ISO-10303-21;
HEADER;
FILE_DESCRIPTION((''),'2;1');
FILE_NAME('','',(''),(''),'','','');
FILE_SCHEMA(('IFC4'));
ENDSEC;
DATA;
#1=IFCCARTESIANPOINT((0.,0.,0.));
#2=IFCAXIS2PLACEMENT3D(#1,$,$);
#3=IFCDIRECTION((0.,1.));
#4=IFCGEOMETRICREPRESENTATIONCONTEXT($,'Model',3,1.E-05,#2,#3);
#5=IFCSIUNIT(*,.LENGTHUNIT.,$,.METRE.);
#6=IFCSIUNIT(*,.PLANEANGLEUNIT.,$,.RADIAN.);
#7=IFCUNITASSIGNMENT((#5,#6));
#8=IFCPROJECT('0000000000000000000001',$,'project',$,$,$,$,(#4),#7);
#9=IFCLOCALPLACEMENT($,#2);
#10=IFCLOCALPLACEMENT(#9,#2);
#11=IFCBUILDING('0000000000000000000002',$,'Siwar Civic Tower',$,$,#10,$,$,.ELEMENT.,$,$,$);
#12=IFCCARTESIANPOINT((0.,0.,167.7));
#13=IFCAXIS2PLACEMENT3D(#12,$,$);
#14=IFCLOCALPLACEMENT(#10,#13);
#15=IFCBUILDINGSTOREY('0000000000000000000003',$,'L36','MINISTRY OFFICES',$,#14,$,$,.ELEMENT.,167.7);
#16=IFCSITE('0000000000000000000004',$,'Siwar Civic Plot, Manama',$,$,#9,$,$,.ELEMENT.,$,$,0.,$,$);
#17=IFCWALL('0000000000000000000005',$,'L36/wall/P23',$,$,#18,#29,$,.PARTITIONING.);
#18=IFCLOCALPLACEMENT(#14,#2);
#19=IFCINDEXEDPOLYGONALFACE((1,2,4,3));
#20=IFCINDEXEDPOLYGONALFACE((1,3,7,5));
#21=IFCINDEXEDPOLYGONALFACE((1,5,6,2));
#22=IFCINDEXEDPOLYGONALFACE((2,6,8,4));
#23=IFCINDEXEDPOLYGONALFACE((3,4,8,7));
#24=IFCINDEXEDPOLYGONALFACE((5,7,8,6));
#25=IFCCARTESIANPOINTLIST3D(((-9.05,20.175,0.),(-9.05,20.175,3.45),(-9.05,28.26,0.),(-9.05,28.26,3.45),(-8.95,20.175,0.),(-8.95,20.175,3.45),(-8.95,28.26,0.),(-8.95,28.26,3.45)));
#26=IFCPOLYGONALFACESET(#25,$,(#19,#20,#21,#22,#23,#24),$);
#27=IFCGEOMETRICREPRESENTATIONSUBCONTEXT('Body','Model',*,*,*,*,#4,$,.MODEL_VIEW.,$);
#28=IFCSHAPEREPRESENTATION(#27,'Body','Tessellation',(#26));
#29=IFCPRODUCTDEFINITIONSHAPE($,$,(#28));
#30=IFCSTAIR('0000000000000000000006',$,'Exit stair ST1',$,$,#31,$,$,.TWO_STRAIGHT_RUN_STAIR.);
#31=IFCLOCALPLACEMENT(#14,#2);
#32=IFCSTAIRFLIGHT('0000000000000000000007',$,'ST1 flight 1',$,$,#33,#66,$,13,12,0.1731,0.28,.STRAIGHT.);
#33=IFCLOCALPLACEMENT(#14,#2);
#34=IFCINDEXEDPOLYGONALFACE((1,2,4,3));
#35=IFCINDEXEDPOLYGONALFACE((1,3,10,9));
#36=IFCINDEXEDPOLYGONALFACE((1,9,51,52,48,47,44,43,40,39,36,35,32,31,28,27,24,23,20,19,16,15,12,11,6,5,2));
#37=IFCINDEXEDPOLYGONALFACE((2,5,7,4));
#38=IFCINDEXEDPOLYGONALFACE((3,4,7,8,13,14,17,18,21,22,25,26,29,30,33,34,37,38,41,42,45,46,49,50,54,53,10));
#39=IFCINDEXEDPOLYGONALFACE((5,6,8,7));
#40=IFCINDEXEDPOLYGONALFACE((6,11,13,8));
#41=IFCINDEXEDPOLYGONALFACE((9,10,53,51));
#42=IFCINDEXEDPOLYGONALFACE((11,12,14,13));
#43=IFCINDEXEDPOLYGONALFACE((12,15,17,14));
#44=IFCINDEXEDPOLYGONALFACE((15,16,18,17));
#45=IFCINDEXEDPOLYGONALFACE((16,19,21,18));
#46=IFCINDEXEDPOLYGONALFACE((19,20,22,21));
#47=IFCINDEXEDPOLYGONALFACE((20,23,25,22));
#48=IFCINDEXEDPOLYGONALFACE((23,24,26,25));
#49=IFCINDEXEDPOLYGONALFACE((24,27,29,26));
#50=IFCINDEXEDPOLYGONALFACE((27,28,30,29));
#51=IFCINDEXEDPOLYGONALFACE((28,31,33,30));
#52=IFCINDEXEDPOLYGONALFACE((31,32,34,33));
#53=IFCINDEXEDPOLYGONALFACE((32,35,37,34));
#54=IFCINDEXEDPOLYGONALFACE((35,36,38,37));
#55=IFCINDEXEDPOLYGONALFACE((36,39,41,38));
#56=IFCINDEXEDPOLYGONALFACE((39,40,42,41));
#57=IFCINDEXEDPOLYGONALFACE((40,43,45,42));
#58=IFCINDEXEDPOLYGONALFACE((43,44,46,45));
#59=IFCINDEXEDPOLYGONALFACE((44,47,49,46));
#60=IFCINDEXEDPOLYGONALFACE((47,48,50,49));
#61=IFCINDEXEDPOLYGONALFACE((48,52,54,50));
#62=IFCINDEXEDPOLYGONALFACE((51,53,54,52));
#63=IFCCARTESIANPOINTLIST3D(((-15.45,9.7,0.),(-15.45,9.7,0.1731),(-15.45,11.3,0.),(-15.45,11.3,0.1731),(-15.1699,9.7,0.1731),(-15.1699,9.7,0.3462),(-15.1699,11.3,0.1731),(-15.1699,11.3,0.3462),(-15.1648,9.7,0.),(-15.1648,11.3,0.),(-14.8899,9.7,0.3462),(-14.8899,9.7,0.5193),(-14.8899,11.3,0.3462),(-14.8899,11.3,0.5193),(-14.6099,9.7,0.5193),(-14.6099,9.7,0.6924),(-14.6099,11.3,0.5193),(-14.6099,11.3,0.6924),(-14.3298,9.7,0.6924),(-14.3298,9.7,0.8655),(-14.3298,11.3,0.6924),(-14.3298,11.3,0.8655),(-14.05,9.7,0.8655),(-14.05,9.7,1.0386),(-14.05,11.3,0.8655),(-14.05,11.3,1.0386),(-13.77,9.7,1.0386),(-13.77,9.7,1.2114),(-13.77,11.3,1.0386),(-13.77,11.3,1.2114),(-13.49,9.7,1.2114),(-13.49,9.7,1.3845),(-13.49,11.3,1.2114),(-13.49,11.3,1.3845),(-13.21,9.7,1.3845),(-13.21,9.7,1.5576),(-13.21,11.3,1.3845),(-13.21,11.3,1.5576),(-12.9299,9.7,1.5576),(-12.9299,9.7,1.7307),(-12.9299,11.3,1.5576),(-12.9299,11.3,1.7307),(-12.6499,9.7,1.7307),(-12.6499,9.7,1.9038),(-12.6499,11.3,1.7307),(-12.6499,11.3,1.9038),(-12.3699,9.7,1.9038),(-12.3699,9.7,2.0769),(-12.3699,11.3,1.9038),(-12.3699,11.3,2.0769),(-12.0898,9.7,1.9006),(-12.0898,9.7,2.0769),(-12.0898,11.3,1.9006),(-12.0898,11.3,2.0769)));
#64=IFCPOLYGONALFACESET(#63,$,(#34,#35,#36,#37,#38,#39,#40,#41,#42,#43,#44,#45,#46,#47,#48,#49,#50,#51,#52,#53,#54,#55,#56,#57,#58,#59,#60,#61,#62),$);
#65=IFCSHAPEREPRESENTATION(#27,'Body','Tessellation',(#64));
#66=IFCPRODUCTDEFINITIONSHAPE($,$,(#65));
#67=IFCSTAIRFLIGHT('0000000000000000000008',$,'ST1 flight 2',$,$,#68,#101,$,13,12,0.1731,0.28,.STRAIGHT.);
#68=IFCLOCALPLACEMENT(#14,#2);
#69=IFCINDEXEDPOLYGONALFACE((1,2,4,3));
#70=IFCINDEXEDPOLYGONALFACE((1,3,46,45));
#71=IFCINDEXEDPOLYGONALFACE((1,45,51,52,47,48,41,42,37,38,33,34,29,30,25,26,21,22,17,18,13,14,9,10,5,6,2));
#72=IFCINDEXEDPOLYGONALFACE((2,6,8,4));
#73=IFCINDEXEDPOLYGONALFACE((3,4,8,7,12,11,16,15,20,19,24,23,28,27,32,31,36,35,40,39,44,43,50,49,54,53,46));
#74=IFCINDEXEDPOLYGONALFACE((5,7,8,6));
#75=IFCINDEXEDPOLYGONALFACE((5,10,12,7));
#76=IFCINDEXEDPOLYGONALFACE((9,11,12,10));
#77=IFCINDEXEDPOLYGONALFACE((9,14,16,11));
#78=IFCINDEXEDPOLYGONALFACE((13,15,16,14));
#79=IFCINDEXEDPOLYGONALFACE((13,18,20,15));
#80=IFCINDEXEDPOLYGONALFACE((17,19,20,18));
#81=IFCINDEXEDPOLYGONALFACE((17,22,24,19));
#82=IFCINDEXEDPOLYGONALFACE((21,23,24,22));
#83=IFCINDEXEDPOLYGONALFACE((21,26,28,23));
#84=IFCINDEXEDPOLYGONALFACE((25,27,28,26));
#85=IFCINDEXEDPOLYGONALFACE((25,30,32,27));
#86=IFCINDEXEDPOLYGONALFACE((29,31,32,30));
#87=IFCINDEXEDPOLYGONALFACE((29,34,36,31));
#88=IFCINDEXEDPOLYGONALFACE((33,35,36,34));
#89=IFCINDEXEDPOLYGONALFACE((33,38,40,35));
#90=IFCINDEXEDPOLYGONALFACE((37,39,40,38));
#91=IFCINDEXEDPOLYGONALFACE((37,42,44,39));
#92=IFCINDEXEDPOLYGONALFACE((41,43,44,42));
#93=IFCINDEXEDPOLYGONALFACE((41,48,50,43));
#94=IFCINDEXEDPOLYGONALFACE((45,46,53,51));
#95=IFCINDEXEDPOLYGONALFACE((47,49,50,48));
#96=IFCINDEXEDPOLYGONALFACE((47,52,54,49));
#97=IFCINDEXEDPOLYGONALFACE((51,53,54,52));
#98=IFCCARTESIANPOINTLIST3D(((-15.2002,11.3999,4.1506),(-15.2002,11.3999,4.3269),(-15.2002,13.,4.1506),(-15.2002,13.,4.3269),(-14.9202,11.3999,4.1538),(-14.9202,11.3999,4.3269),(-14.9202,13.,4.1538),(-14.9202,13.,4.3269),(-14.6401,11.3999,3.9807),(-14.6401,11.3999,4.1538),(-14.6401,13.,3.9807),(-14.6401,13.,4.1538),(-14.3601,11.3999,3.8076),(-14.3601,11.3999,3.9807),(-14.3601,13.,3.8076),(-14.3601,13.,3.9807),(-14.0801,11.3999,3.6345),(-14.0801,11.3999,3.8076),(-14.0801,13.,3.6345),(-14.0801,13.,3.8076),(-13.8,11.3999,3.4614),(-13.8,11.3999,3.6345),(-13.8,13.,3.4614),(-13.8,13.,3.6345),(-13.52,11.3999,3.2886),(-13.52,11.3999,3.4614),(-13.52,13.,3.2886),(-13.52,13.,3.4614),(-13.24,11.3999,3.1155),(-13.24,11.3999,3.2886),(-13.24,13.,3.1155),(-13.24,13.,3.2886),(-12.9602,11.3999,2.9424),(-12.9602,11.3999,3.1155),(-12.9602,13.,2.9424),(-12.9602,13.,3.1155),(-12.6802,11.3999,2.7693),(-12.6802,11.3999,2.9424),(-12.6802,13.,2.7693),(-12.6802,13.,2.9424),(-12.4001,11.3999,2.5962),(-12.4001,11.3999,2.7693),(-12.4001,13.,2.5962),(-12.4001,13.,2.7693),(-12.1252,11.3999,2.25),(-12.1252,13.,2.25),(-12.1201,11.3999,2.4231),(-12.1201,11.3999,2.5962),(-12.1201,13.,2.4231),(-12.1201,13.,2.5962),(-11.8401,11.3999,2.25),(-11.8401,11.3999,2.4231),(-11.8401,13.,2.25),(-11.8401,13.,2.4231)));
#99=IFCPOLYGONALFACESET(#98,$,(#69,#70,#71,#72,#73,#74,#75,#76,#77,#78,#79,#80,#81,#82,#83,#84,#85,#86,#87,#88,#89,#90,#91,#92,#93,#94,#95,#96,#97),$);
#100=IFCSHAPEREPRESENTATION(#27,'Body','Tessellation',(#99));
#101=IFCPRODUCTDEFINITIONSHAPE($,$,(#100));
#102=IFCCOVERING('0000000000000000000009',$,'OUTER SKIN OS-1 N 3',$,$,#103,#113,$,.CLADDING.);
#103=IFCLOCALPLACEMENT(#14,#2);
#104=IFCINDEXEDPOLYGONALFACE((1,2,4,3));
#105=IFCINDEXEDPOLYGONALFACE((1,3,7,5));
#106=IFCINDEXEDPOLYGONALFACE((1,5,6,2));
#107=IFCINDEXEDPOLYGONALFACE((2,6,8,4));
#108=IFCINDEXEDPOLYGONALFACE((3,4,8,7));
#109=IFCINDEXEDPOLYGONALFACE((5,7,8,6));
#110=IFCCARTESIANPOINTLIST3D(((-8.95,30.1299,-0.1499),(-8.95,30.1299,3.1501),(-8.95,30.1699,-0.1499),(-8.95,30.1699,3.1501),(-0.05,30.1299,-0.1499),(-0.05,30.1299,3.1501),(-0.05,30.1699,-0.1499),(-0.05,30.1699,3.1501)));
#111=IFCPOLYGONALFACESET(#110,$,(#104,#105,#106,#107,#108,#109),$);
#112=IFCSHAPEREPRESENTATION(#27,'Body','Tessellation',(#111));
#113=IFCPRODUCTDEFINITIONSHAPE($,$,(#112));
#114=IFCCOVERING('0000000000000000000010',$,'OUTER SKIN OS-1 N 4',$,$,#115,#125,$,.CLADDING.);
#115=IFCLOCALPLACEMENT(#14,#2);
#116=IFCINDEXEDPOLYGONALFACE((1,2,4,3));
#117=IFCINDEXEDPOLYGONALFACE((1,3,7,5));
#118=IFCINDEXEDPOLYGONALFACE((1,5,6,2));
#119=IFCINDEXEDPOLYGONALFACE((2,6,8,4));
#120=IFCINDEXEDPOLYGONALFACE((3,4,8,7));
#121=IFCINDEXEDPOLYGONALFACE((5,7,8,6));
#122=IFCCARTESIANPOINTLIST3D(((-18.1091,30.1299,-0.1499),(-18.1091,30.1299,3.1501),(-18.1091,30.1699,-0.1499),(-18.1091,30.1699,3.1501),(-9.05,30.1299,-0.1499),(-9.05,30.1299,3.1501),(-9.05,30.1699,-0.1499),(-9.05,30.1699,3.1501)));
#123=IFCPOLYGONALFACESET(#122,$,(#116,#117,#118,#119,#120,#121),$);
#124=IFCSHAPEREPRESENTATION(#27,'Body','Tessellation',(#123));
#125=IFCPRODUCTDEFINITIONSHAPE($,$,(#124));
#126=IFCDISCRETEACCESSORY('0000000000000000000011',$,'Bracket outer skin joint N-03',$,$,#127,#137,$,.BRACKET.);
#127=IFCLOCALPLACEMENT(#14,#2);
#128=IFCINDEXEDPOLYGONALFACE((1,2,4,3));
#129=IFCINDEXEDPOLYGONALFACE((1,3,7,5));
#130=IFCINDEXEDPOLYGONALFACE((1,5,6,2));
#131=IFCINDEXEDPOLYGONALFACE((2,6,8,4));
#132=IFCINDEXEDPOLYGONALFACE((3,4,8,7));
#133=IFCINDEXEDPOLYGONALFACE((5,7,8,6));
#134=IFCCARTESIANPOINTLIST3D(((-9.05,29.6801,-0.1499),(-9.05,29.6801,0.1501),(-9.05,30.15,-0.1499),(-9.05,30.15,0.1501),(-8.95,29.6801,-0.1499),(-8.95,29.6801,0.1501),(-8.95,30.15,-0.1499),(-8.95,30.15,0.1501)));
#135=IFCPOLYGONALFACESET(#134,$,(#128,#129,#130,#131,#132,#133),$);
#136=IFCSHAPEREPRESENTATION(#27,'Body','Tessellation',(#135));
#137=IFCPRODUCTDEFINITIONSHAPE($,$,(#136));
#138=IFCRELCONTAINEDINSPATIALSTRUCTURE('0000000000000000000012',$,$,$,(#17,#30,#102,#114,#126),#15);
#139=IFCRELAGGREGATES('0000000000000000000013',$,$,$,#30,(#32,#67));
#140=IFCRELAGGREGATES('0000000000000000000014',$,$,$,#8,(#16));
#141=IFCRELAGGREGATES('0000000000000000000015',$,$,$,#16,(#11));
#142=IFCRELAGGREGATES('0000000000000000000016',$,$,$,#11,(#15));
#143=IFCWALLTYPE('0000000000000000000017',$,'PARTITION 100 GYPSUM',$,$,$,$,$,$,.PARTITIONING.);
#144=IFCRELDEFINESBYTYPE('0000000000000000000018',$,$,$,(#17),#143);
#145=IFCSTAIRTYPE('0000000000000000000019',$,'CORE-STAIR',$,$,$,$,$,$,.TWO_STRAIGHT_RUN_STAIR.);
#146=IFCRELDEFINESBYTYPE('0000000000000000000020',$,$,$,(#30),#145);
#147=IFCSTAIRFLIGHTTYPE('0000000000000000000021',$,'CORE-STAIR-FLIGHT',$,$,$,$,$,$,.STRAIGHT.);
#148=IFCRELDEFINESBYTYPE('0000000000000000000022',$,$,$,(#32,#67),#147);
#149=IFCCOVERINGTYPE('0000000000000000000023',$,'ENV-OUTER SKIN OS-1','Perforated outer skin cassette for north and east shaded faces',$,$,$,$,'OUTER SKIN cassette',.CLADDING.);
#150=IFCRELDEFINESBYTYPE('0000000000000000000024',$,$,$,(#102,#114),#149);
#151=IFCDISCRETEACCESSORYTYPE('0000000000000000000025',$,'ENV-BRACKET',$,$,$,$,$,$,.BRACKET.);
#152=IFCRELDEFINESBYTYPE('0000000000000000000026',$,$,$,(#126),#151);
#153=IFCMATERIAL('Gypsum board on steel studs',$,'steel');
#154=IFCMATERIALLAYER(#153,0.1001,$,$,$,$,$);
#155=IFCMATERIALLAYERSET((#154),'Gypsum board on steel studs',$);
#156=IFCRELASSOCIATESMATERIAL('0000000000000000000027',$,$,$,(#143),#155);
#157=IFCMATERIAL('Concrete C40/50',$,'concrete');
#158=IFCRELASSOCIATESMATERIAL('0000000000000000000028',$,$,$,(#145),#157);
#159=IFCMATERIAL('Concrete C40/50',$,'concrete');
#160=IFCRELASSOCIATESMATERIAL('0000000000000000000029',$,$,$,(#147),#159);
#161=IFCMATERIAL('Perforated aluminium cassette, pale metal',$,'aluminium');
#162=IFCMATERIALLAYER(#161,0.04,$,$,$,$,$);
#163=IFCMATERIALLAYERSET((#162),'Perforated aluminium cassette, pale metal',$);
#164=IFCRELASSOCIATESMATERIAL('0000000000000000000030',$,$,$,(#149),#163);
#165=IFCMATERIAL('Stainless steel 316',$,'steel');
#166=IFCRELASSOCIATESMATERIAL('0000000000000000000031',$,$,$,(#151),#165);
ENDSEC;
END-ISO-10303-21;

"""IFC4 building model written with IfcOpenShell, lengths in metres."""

from ifc_helpers import new_model, si_unit, direction, frame, frame_2d, origin, origin_2d, place, context, subcontext, project, spatial, polyline, rectangle, outline, extrude, material, layer, layer_set, type_object, element, aggregate, save


model = new_model("IFC4")

# Units and contexts
model_context = context("Model", 3, precision=1e-05, world=origin(), true_north=direction((0.0, 1.0)))
body_context = subcontext(model_context, "Body", "Model", "MODEL_VIEW")
ifc_project = project(units=[si_unit("LENGTHUNIT", "METRE"), si_unit("PLANEANGLEUNIT", "RADIAN")], contexts=[model_context])

# Site, building, storey
site_placement = place(None, origin())
site = spatial("IfcSite", under=ifc_project, at=site_placement, Name="Siwar Civic Plot, Manama", CompositionType="ELEMENT", RefElevation=0.0)
building_placement = place(site_placement, origin())
building = spatial("IfcBuilding", under=site, at=building_placement, Name="Siwar Civic Tower", CompositionType="ELEMENT")
storey_placement = place(building_placement, frame((0.0, 0.0, 167.7)))
storey = spatial("IfcBuildingStorey", under=building, at=storey_placement, Name="L36", Description="MINISTRY OFFICES", CompositionType="ELEMENT", Elevation=167.7)

# Wall
ifc_material_1 = material(Name="Gypsum board on steel studs", Category="steel")
ifc_layer_1 = layer(ifc_material_1, 0.1001)
ifc_layer_set_1 = layer_set([ifc_layer_1], Name="Gypsum board on steel studs")
wall_type_1 = type_object("IfcWallType", Name="PARTITION 100 GYPSUM", PredefinedType="PARTITIONING", material=ifc_layer_set_1)
wall_1_placement = place(storey_placement, frame((-9.0, 20.175, 0.0), z_axis=(0.0, 0.0, 1.0), x_axis=(0.0, 1.0, 0.0)))
element("IfcWall", 1, at=wall_1_placement, inside=storey, type_object=wall_type_1, Name="L36/wall/P23", PredefinedType="PARTITIONING", context=body_context, shape_type="SweptSolid", body=[
    extrude(rectangle(XDim=8.085, YDim=0.1001, at=frame_2d((4.0425, 0.0))), origin(), (0.0, 0.0, 1.0), 3.45),
])

# Stair, stair flights
ifc_material_2 = material(Name="Concrete C40/50", Category="concrete")
stair_type = type_object("IfcStairType", Name="CORE-STAIR", PredefinedType="TWO_STRAIGHT_RUN_STAIR", material=ifc_material_2)
stair_placement = place(storey_placement, origin())
stair = element("IfcStair", 2, at=stair_placement, inside=storey, type_object=stair_type, Name="Exit stair ST1", PredefinedType="TWO_STRAIGHT_RUN_STAIR")
ifc_material_3 = material(Name="Concrete C40/50", Category="concrete")
stair_flight_type = type_object("IfcStairFlightType", Name="CORE-STAIR-FLIGHT", PredefinedType="STRAIGHT", material=ifc_material_3)
stair_flight_1_placement = place(storey_placement, frame((-15.45, 10.5, 0.0), z_axis=(0.0, 0.0, 1.0), x_axis=(1.0, 0.0, 0.0)))
stair_flight_1 = element("IfcStairFlight", 3, at=stair_flight_1_placement, type_object=stair_flight_type, Name="ST1 flight 1", NumberOfRisers=13, NumberOfTreads=12, PredefinedType="STRAIGHT", RiserHeight=0.1731, TreadLength=0.28, context=body_context, shape_type="SweptSolid", body=[
    extrude(outline(polyline([(0.0, 0.0), (0.0, 0.1731), (0.28, 0.1731), (0.28, 0.3462), (0.5601, 0.3462), (0.5601, 0.5193), (0.8401, 0.5193), (0.8401, 0.6924), (1.1201, 0.6924), (1.1201, 0.8655), (1.3999, 0.8655), (1.3999, 1.0386), (1.6799, 1.0386), (1.6799, 1.2114), (1.96, 1.2114), (1.96, 1.3845), (2.24, 1.3845), (2.24, 1.5576), (2.52, 1.5576), (2.52, 1.7307), (2.8, 1.7307), (2.8, 1.9038), (3.0801, 1.9038), (3.0801, 2.0769), (3.3601, 2.0769), (3.3601, 2.25), (3.3601, 1.9006), (0.2852, 0.0), (0.0, 0.0)])), frame((0.0, 0.8, 0.0), z_axis=(0.0, -1.0, 0.0), x_axis=(1.0, 0.0, 0.0)), (0.0, 0.0, 1.0), 1.6001),
])
stair_flight_2_placement = place(storey_placement, frame((-11.8401, 12.2, 2.25), z_axis=(0.0, 0.0, 1.0), x_axis=(-1.0, 0.0, 0.0)))
stair_flight_2 = element("IfcStairFlight", 4, at=stair_flight_2_placement, type_object=stair_flight_type, Name="ST1 flight 2", NumberOfRisers=13, NumberOfTreads=12, PredefinedType="STRAIGHT", RiserHeight=0.1731, TreadLength=0.28, context=body_context, shape_type="SweptSolid", body=[
    extrude(outline(polyline([(0.0, 0.0), (0.0, 0.1731), (0.28, 0.1731), (0.28, 0.3462), (0.5601, 0.3462), (0.5601, 0.5193), (0.8401, 0.5193), (0.8401, 0.6924), (1.1201, 0.6924), (1.1201, 0.8655), (1.3999, 0.8655), (1.3999, 1.0386), (1.6799, 1.0386), (1.6799, 1.2114), (1.96, 1.2114), (1.96, 1.3845), (2.24, 1.3845), (2.24, 1.5576), (2.52, 1.5576), (2.52, 1.7307), (2.8, 1.7307), (2.8, 1.9038), (3.0801, 1.9038), (3.0801, 2.0769), (3.3601, 2.0769), (3.3601, 2.25), (3.3601, 1.9006), (0.2852, 0.0), (0.0, 0.0)])), frame((0.0, 0.8, 0.0), z_axis=(0.0, -1.0, 0.0), x_axis=(1.0, 0.0, 0.0)), (0.0, 0.0, 1.0), 1.6001),
])
aggregate(stair, [stair_flight_1, stair_flight_2])

# Coverings
ifc_material_4 = material(Name="Perforated aluminium cassette, pale metal", Category="aluminium")
ifc_layer_2 = layer(ifc_material_4, 0.04)
ifc_layer_set_2 = layer_set([ifc_layer_2], Name="Perforated aluminium cassette, pale metal")
covering_type = type_object("IfcCoveringType", Name="ENV-OUTER SKIN OS-1", Description="Perforated outer skin cassette for north and east shaded faces", ElementType="OUTER SKIN cassette", PredefinedType="CLADDING", material=ifc_layer_set_2)
covering_1_placement = place(storey_placement, frame((-4.5, 30.1499, -0.1499), z_axis=(0.0, 0.0, 1.0), x_axis=(-1.0, 0.0, 0.0)))
element("IfcCovering", 5, at=covering_1_placement, inside=storey, type_object=covering_type, Name="OUTER SKIN OS-1 N 3", PredefinedType="CLADDING", context=body_context, shape_type="SweptSolid", body=[
    extrude(rectangle(XDim=8.8999, YDim=0.04, at=origin_2d()), origin(), (0.0, 0.0, 1.0), 3.3),
])
covering_2_placement = place(storey_placement, frame((-13.5796, 30.1499, -0.1499), z_axis=(0.0, 0.0, 1.0), x_axis=(-1.0, 0.0, 0.0)))
element("IfcCovering", 6, at=covering_2_placement, inside=storey, type_object=covering_type, Name="OUTER SKIN OS-1 N 4", PredefinedType="CLADDING", context=body_context, shape_type="SweptSolid", body=[
    extrude(rectangle(XDim=9.0591, YDim=0.04, at=origin_2d()), origin(), (0.0, 0.0, 1.0), 3.3),
])

# Discrete accessory
ifc_material_5 = material(Name="Stainless steel 316", Category="steel")
discrete_accessory_type = type_object("IfcDiscreteAccessoryType", Name="ENV-BRACKET", PredefinedType="BRACKET", material=ifc_material_5)
discrete_accessory_placement = place(storey_placement, frame((-9.0, 29.915, -0.1499), z_axis=(0.0, 0.0, 1.0), x_axis=(0.0, 1.0, 0.0)))
element("IfcDiscreteAccessory", 7, at=discrete_accessory_placement, inside=storey, type_object=discrete_accessory_type, Name="Bracket outer skin joint N-03", PredefinedType="BRACKET", context=body_context, shape_type="SweptSolid", body=[
    extrude(rectangle(XDim=0.47, YDim=0.1001, at=origin_2d()), origin(), (0.0, 0.0, 1.0), 0.3),
])

save(model, "model.ifc")
